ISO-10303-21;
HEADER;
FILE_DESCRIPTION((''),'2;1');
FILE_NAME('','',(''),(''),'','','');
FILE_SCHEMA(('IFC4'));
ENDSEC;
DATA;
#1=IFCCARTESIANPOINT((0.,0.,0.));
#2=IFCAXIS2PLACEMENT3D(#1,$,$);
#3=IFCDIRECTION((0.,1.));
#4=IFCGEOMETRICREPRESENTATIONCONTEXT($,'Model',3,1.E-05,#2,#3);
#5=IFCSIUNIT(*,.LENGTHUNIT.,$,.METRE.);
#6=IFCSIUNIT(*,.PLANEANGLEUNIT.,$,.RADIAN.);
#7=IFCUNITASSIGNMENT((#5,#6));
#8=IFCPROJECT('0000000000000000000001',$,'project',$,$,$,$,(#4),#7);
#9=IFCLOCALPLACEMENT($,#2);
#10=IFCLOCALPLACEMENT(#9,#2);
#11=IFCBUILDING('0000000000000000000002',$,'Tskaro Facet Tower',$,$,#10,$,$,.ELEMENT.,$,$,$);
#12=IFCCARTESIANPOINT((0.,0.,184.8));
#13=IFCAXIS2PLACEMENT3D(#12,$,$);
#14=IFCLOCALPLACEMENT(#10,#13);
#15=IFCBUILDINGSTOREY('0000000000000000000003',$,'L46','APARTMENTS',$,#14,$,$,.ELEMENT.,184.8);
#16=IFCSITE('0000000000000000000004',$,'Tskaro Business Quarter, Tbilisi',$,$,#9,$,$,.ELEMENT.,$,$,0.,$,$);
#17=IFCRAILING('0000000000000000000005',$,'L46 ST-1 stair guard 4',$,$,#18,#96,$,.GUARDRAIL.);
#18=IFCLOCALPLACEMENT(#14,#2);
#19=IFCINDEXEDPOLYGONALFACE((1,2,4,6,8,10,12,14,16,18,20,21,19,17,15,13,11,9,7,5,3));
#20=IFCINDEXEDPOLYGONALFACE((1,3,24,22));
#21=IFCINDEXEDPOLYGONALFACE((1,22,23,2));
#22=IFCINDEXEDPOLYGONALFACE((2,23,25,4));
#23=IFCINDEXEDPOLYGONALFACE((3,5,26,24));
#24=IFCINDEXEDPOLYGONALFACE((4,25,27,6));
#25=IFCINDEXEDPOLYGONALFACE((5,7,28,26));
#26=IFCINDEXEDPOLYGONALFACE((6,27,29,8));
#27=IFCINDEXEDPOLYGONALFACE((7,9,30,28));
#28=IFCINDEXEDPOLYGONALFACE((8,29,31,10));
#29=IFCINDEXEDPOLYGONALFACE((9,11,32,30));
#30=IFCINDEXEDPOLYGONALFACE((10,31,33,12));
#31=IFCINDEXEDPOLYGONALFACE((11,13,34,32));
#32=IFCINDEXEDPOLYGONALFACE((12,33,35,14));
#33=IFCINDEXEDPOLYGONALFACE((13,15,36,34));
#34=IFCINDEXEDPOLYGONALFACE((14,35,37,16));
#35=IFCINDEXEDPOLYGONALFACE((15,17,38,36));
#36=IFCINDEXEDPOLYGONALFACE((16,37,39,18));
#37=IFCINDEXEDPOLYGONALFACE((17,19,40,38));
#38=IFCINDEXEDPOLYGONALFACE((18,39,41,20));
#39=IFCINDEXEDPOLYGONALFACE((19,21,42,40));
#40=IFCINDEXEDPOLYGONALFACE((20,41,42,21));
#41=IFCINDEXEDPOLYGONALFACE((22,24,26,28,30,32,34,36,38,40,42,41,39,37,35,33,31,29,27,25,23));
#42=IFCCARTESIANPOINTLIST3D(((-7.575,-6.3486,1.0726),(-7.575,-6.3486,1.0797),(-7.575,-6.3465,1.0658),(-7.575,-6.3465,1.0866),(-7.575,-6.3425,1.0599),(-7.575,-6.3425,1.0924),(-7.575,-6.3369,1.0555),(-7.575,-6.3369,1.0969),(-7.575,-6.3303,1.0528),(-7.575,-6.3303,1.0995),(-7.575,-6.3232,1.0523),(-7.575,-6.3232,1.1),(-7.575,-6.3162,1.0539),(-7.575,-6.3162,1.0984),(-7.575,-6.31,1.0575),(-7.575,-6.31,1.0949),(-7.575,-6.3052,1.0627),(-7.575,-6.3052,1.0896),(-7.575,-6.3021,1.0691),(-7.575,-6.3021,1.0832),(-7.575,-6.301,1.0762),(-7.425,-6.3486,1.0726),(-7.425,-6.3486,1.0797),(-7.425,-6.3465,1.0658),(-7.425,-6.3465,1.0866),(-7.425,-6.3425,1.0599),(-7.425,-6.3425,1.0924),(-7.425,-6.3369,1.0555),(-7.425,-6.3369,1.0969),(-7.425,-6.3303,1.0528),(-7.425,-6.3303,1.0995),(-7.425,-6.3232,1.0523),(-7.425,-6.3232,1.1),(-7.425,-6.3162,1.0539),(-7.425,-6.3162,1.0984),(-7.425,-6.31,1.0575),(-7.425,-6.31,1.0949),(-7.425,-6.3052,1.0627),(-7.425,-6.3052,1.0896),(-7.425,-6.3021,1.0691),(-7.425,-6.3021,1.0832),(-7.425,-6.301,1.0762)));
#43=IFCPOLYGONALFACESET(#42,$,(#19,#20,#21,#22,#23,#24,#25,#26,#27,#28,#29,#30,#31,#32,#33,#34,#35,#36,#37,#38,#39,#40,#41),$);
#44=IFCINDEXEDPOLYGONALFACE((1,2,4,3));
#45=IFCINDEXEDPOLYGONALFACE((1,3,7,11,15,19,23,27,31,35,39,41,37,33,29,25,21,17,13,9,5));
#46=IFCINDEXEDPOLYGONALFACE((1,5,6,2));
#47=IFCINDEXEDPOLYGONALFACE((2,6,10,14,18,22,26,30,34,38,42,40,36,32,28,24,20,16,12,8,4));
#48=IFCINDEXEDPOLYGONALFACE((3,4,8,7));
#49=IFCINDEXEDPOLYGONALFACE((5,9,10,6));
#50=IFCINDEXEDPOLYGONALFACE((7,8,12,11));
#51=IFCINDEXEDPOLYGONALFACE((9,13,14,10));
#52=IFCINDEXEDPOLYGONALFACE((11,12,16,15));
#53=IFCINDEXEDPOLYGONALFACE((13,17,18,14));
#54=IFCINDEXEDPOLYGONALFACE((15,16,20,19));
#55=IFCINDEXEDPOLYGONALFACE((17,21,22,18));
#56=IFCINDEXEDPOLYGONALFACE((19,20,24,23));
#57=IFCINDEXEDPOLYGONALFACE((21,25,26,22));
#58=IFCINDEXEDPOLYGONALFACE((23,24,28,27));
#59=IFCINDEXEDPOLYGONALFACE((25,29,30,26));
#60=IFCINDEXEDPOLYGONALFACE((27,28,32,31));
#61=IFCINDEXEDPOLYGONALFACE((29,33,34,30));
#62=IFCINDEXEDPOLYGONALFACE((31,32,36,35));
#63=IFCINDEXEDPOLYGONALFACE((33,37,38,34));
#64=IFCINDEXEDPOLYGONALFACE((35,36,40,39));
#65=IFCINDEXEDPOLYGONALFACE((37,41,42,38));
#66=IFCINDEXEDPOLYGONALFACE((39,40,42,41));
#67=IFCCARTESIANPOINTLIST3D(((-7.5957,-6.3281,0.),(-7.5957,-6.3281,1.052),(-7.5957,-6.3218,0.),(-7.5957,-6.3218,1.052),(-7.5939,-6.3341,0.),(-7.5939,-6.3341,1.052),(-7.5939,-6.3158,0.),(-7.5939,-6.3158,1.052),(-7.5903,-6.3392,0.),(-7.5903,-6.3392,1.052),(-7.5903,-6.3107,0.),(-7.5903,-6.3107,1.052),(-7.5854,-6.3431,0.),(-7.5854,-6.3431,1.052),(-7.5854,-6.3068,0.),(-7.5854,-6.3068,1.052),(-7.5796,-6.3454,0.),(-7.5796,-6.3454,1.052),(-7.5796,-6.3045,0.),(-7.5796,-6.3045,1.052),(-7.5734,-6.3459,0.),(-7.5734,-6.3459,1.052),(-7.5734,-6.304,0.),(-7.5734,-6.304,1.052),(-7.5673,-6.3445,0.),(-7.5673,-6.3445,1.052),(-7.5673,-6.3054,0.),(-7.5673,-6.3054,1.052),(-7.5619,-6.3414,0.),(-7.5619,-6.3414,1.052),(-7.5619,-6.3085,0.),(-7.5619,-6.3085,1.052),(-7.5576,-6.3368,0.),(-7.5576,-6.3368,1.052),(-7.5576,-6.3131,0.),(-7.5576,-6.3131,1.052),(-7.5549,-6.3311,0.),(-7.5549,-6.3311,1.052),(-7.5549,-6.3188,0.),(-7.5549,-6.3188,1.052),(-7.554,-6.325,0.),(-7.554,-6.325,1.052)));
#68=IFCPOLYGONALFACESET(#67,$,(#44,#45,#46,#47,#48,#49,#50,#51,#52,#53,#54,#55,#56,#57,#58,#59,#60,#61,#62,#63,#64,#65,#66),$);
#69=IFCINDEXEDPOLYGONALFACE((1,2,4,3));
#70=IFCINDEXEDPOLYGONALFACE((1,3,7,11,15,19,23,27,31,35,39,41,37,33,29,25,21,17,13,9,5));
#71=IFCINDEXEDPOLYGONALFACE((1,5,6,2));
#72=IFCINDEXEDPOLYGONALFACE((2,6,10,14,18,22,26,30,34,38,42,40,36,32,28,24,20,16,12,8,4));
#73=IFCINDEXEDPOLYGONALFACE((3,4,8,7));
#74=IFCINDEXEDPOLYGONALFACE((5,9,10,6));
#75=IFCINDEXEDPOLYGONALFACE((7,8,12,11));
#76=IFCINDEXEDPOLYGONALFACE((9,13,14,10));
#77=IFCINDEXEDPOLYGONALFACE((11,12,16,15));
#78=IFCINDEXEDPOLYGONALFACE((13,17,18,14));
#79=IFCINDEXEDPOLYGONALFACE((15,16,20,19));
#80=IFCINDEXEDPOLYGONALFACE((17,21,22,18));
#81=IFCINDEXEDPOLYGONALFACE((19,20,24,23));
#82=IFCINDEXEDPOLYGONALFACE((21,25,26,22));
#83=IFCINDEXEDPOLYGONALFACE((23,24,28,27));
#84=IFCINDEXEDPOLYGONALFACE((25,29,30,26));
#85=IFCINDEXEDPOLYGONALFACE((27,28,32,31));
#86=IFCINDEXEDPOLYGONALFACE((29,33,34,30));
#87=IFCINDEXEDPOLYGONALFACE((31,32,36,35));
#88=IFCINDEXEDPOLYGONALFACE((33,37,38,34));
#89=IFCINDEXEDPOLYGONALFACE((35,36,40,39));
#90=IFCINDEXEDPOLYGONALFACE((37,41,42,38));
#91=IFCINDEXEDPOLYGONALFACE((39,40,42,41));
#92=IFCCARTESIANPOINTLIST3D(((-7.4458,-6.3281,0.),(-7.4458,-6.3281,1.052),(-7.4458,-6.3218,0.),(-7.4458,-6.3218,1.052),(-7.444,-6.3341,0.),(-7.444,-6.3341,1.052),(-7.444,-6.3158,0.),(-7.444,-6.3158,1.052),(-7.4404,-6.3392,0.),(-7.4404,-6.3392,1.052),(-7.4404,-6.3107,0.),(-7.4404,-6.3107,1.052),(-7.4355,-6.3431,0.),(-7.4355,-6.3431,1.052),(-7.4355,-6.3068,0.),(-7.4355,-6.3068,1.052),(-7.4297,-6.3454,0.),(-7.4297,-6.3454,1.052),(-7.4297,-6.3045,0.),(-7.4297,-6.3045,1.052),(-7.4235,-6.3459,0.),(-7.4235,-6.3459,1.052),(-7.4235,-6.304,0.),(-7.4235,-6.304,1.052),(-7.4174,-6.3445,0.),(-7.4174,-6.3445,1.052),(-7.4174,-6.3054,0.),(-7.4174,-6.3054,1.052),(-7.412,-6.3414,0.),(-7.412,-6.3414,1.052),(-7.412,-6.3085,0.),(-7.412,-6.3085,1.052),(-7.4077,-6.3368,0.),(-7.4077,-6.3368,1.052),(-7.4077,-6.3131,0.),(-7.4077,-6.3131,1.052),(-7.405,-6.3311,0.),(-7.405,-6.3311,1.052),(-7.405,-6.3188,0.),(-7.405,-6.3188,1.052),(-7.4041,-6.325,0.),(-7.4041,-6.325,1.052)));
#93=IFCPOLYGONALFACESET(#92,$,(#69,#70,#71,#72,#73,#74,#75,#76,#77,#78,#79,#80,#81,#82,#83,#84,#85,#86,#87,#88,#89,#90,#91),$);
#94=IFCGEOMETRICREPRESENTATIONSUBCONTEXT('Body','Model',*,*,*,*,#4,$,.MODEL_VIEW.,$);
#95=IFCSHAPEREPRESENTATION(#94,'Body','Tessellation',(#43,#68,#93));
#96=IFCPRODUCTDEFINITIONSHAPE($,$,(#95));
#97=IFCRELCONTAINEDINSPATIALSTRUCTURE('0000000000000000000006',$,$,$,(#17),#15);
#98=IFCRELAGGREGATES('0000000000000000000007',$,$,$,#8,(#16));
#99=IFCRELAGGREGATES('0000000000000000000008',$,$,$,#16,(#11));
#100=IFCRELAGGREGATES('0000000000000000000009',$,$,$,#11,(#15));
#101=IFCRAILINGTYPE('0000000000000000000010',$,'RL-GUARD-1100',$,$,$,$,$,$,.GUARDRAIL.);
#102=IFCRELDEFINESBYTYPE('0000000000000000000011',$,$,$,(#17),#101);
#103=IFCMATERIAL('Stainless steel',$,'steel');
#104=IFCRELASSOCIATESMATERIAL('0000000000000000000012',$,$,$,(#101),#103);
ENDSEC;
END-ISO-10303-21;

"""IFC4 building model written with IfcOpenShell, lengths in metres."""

from ifc_helpers import new_model, si_unit, direction, frame, origin, origin_2d, place, context, subcontext, project, spatial, circle, extrude, material, type_object, element, save


model = new_model("IFC4")

# Units and contexts
model_context = context("Model", 3, precision=1e-05, world=origin(), true_north=direction((0.0, 1.0)))
body_context = subcontext(model_context, "Body", "Model", "MODEL_VIEW")
ifc_project = project(units=[si_unit("LENGTHUNIT", "METRE"), si_unit("PLANEANGLEUNIT", "RADIAN")], contexts=[model_context])

# Site, building, storey
site_placement = place(None, origin())
site = spatial("IfcSite", under=ifc_project, at=site_placement, Name="Tskaro Business Quarter, Tbilisi", CompositionType="ELEMENT", RefElevation=0.0)
building_placement = place(site_placement, origin())
building = spatial("IfcBuilding", under=site, at=building_placement, Name="Tskaro Facet Tower", CompositionType="ELEMENT")
storey_placement = place(building_placement, frame((0.0, 0.0, 184.8)))
storey = spatial("IfcBuildingStorey", under=building, at=storey_placement, Name="L46", Description="APARTMENTS", CompositionType="ELEMENT", Elevation=184.8)

# Shared definitions
ifc_material_1 = material(Name="Stainless steel", Category="steel")

# Railing
railing_type_1 = type_object("IfcRailingType", Name="RL-GUARD-1100", PredefinedType="GUARDRAIL", material=ifc_material_1)
railing_1_placement = place(storey_placement, frame((-7.575, -6.325, 0.0)))
element("IfcRailing", 1, at=railing_1_placement, inside=storey, type_object=railing_type_1, Name="L46 ST-1 stair guard 4", PredefinedType="GUARDRAIL", context=body_context, shape_type="SweptSolid", body=[
    extrude(circle(Radius=0.0239, at=origin_2d()), frame((0.0, 0.0, 1.0762), z_axis=(1.0, 0.0, 0.0), x_axis=(0.0, 1.0, 0.0)), (0.0, 0.0, 1.0), 0.1499),
    extrude(circle(Radius=0.021, at=origin_2d()), origin(), (0.0, 0.0, 1.0), 1.052),
    extrude(circle(Radius=0.021, at=origin_2d()), frame((0.1499, 0.0, 0.0)), (0.0, 0.0, 1.0), 1.052),
])

save(model, "model.ifc")
